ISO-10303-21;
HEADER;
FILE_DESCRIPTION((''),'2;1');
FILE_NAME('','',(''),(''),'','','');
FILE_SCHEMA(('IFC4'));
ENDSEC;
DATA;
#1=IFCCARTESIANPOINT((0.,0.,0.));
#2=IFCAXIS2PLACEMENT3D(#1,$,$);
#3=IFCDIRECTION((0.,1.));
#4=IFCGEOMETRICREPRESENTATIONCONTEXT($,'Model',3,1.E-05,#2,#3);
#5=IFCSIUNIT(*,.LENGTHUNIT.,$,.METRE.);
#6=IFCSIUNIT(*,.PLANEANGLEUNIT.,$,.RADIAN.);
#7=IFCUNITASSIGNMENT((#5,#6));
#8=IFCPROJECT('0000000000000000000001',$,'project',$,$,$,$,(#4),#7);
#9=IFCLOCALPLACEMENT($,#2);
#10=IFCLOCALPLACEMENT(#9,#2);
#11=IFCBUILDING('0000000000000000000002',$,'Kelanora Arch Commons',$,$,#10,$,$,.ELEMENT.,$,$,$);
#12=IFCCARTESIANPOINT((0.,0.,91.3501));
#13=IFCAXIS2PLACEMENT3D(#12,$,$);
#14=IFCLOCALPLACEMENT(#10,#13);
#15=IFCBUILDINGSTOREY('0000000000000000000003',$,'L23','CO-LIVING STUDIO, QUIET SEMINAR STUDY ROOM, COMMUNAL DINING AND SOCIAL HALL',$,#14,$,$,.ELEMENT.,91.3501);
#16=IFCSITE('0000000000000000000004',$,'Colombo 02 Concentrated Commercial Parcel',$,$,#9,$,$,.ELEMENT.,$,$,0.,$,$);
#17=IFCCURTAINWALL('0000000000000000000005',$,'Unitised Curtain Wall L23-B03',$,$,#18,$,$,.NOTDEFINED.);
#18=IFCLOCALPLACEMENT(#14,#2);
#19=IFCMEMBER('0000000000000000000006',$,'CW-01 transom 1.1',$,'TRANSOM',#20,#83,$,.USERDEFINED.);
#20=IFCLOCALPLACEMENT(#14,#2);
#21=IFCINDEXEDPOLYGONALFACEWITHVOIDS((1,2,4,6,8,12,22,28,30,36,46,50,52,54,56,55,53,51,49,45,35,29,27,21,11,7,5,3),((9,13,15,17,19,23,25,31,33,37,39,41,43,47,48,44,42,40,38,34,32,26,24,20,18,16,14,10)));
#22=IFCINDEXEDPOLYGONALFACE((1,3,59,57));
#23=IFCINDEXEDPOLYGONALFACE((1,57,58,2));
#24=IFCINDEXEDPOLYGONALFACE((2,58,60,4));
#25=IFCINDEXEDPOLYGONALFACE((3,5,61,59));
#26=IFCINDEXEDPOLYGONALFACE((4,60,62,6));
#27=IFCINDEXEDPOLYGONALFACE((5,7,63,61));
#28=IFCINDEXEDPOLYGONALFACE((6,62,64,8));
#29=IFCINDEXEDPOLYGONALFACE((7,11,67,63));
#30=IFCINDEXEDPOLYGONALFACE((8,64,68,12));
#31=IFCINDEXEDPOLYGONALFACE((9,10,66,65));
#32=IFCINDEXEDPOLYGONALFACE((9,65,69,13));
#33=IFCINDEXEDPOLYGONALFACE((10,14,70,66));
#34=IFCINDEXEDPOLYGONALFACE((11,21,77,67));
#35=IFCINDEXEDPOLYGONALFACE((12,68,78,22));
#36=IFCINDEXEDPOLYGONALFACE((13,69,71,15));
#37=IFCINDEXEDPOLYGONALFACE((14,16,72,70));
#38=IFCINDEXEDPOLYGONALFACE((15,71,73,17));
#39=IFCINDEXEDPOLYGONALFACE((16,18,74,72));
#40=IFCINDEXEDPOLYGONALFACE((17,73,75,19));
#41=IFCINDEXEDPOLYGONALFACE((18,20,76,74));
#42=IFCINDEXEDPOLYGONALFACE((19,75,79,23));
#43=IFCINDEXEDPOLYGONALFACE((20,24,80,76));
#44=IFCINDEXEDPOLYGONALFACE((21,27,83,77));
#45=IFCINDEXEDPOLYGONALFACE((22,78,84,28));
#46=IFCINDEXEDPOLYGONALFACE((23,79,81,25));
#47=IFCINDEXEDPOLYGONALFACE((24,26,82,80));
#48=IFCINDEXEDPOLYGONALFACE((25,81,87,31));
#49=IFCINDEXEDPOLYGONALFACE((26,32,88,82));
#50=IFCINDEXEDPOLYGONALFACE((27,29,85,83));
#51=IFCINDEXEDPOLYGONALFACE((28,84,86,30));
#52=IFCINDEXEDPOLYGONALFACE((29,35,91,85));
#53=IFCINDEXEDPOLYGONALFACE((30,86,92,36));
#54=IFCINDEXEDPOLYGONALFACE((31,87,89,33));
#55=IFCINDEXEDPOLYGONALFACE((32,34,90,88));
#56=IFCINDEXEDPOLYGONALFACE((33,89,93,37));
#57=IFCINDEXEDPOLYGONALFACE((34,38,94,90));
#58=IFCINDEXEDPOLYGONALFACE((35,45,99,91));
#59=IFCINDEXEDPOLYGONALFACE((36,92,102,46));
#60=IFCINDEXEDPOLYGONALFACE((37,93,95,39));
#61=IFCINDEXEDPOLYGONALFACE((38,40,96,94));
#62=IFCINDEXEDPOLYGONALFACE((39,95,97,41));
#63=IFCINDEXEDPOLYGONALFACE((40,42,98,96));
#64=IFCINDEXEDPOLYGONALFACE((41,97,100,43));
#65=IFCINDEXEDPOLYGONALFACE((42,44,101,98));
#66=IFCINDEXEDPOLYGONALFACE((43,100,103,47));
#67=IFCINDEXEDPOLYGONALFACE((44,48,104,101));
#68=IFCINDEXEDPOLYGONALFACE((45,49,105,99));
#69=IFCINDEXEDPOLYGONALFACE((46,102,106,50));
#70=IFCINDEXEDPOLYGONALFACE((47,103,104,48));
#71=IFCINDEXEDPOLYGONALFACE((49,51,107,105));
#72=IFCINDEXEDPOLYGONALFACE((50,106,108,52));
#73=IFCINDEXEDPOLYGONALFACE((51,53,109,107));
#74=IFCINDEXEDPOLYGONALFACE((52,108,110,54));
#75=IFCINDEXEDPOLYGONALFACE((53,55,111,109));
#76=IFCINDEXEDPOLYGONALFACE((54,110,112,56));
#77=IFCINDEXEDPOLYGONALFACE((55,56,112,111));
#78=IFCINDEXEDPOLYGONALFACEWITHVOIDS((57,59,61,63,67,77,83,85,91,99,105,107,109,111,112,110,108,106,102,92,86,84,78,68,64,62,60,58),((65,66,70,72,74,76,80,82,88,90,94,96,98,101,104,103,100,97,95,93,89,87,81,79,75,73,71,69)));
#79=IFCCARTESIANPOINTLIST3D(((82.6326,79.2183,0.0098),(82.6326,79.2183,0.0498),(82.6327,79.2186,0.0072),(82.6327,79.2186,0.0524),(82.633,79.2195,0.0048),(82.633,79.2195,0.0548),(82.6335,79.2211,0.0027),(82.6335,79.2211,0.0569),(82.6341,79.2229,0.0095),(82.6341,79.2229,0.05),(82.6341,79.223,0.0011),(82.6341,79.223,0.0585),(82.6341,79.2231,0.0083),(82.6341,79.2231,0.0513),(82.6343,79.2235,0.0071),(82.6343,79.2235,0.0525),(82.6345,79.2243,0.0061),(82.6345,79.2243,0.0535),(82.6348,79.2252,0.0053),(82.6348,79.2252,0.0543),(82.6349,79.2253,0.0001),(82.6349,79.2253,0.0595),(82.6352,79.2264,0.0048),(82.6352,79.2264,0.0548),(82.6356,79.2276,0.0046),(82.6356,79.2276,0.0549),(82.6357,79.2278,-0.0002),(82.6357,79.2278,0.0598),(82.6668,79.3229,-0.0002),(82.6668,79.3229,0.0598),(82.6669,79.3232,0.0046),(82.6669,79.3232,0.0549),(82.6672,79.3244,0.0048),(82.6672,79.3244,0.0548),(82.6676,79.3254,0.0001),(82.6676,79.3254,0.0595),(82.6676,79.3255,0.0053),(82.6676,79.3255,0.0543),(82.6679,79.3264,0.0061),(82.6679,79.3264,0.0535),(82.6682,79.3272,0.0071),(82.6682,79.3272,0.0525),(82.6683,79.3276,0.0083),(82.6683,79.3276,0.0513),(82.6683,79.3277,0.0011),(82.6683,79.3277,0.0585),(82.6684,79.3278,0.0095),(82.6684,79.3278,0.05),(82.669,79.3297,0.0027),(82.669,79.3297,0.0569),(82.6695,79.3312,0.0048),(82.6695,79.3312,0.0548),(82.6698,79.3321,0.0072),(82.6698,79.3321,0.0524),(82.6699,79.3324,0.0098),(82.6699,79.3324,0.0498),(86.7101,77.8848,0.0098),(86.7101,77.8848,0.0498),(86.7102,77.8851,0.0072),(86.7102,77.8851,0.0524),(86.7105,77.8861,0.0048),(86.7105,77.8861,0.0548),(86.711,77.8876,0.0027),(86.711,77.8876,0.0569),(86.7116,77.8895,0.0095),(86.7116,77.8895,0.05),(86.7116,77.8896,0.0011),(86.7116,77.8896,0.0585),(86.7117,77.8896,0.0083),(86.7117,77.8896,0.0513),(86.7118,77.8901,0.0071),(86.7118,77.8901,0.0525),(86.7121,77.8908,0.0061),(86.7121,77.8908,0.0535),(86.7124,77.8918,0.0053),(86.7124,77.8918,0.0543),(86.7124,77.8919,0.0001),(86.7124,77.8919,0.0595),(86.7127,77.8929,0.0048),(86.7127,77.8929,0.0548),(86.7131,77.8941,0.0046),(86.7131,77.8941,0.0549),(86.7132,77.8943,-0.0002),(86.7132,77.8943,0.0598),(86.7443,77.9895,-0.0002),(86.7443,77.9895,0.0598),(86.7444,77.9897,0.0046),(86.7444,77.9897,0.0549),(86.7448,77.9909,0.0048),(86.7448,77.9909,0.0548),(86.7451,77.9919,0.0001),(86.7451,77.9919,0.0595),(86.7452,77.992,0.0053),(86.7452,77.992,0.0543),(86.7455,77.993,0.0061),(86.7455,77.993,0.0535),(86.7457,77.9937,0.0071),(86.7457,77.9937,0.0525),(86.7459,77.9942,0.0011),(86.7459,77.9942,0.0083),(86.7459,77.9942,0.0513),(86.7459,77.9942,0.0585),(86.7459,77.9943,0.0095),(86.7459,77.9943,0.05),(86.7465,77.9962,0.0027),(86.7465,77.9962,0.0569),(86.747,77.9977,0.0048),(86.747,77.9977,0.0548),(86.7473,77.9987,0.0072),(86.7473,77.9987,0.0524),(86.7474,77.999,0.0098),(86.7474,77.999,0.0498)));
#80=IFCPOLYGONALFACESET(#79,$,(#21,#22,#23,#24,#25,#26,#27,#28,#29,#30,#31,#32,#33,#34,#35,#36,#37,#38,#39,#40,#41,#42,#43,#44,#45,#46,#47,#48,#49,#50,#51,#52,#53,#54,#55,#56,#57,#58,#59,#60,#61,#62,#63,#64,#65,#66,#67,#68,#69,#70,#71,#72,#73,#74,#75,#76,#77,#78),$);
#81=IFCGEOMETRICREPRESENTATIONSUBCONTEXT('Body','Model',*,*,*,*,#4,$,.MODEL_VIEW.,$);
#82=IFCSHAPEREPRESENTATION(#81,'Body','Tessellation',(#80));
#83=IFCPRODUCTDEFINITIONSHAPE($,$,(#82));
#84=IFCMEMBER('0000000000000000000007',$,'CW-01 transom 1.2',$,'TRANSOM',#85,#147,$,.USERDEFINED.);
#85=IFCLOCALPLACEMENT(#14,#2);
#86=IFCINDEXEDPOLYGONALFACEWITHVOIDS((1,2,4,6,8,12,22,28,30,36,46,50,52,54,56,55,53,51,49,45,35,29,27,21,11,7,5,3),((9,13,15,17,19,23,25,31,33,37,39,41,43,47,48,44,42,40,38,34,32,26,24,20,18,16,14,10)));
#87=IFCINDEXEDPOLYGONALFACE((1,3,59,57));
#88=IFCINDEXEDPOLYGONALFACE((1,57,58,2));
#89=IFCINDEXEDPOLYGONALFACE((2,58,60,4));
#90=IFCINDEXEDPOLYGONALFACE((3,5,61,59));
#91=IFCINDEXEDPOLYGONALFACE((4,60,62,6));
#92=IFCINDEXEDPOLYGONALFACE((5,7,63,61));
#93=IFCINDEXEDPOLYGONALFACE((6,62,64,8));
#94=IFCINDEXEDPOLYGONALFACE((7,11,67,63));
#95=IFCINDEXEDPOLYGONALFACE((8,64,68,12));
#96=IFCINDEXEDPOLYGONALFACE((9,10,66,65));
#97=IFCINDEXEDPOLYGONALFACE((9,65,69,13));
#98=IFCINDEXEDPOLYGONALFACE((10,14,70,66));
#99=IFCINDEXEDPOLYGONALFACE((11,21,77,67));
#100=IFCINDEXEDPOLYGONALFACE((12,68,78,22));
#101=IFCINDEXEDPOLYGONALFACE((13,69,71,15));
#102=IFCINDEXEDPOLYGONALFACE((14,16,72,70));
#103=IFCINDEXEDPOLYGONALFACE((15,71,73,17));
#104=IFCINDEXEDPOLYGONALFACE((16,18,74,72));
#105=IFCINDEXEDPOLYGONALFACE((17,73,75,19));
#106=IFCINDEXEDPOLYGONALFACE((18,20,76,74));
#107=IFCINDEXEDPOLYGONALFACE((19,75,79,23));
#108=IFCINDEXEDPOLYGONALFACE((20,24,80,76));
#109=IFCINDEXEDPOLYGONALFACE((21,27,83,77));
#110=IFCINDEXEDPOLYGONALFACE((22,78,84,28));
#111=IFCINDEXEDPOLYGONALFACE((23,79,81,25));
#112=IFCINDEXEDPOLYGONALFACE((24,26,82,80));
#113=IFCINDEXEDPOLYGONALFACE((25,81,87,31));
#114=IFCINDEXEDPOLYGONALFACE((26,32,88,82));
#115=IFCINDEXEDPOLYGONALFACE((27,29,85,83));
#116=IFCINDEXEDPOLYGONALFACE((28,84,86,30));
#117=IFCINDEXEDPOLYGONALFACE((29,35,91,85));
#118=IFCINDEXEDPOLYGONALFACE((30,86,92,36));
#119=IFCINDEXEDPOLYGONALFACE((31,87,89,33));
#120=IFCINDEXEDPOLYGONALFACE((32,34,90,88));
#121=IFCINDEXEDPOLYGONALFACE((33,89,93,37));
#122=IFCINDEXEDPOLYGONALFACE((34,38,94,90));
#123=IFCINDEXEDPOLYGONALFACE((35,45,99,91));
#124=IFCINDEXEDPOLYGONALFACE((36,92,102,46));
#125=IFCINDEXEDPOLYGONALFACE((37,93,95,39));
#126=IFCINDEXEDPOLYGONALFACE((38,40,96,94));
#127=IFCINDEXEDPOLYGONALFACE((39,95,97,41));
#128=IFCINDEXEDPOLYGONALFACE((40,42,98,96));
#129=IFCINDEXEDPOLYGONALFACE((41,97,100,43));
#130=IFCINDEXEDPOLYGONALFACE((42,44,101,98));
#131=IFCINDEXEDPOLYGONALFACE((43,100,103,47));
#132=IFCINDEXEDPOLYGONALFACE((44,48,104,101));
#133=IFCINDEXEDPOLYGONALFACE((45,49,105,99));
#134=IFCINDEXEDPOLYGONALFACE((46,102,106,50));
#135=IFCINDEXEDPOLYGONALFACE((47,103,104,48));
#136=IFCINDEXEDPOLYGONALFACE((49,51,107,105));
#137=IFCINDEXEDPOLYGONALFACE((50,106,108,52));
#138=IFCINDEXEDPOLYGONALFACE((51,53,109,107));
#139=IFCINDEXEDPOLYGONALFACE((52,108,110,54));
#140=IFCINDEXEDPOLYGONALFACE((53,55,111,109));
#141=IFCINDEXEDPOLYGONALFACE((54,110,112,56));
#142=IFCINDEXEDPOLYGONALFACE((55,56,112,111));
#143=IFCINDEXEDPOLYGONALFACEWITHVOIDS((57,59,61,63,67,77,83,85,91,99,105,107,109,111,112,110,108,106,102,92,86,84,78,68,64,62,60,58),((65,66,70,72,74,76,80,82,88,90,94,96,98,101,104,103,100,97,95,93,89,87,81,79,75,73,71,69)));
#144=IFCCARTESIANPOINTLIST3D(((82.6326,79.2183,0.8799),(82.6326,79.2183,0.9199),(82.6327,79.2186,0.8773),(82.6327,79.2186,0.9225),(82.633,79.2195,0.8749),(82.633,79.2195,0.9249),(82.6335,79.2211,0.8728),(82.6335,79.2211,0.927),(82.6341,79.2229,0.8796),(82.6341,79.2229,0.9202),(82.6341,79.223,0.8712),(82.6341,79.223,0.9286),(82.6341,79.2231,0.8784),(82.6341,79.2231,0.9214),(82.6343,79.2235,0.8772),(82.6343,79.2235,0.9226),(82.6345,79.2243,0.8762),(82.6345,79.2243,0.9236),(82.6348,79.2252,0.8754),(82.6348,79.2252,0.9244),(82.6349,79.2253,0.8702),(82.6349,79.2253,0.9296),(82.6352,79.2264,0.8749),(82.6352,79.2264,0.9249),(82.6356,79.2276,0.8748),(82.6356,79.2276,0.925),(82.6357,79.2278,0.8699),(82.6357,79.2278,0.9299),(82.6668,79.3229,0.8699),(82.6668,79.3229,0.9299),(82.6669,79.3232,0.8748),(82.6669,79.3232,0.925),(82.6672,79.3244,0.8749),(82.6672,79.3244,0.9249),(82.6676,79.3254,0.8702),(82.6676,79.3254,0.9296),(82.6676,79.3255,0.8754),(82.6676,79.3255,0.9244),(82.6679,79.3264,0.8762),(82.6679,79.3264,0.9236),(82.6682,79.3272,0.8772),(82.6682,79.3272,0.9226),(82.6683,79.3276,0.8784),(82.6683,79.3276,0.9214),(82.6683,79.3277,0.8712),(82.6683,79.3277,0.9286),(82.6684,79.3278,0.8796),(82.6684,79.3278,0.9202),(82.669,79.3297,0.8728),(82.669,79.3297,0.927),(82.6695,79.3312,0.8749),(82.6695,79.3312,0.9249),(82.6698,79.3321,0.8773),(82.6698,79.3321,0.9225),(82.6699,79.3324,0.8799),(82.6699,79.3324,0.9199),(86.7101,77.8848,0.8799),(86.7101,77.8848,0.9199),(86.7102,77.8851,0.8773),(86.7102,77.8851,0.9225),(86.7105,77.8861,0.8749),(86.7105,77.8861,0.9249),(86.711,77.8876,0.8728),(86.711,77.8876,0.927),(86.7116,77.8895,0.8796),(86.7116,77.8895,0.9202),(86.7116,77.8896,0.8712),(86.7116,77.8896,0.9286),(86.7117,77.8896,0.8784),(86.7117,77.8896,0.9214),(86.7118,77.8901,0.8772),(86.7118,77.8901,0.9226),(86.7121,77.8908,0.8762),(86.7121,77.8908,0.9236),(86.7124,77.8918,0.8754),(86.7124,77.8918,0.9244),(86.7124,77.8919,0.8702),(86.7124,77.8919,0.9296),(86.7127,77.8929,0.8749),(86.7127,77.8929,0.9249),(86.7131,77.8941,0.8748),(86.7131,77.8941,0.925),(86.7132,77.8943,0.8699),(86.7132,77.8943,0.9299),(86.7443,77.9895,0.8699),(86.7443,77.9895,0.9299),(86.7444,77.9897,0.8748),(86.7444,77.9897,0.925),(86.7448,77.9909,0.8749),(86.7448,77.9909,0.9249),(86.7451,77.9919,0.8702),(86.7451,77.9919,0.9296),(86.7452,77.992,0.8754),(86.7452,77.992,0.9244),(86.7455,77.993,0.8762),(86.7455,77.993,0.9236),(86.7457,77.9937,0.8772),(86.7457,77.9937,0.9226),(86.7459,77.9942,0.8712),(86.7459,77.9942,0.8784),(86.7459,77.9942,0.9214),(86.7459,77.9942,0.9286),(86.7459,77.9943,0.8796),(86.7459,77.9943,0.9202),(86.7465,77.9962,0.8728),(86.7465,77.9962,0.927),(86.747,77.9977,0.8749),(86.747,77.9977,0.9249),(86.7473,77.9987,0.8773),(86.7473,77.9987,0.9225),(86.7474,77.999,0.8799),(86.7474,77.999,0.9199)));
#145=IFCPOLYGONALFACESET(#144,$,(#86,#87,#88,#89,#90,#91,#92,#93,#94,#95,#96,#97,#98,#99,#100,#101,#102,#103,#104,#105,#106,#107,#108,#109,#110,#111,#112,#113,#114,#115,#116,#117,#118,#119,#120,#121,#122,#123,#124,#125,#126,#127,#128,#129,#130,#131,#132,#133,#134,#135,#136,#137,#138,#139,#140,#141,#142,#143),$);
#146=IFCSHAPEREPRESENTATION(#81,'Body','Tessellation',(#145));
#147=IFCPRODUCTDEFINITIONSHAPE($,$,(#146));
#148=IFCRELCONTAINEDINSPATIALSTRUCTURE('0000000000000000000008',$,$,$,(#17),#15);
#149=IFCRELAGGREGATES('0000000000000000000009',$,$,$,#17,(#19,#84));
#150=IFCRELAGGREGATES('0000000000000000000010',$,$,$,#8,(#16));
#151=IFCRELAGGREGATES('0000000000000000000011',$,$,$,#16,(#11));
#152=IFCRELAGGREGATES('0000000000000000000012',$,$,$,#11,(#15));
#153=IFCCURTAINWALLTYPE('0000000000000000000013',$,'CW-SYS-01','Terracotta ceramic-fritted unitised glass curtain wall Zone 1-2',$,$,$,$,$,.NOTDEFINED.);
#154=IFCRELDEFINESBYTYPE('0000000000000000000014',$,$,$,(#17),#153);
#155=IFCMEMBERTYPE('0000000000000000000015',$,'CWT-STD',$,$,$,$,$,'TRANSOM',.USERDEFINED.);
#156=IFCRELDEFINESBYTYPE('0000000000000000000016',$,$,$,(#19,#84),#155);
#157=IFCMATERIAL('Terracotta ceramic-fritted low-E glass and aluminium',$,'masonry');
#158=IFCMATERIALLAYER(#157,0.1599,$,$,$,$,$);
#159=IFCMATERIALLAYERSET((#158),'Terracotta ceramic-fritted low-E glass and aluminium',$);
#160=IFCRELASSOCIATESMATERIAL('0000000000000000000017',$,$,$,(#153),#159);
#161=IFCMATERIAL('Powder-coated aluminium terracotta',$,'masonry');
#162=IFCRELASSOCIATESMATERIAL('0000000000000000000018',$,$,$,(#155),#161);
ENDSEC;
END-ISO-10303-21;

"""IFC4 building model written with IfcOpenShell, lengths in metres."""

from ifc_helpers import new_model, si_unit, direction, frame, origin, origin_2d, place, context, subcontext, project, spatial, hollow_rectangle, extrude, material, layer, layer_set, material_profile, profile_set, type_object, element, aggregate, save


model = new_model("IFC4")

# Units and contexts
model_context = context("Model", 3, precision=1e-05, world=origin(), true_north=direction((0.0, 1.0)))
body_context = subcontext(model_context, "Body", "Model", "MODEL_VIEW")
ifc_project = project(units=[si_unit("LENGTHUNIT", "METRE"), si_unit("PLANEANGLEUNIT", "RADIAN")], contexts=[model_context])

# Site, building, storey
site_placement = place(None, origin())
site = spatial("IfcSite", under=ifc_project, at=site_placement, Name="Colombo 02 Concentrated Commercial Parcel", CompositionType="ELEMENT", RefElevation=0.0)
building_placement = place(site_placement, origin())
building = spatial("IfcBuilding", under=site, at=building_placement, Name="Kelanora Arch Commons", CompositionType="ELEMENT")
storey_placement = place(building_placement, frame((0.0, 0.0, 91.3501)))
storey = spatial("IfcBuildingStorey", under=building, at=storey_placement, Name="L23", Description="CO-LIVING STUDIO, QUIET SEMINAR STUDY ROOM, COMMUNAL DINING AND SOCIAL HALL", CompositionType="ELEMENT", Elevation=91.3501)

# Shared definitions
ifc_material_1 = material(Name="Terracotta ceramic-fritted low-E glass and aluminium", Category="masonry")
ifc_layer_1 = layer(ifc_material_1, 0.1599)
ifc_layer_set_1 = layer_set([ifc_layer_1], Name="Terracotta ceramic-fritted low-E glass and aluminium")
curtain_wall_type = type_object("IfcCurtainWallType", Name="CW-SYS-01", Description="Terracotta ceramic-fritted unitised glass curtain wall Zone 1-2", PredefinedType="NOTDEFINED", material=ifc_layer_set_1)
ifc_material_2 = material(Name="Powder-coated aluminium terracotta", Category="masonry")

# Curtain wall, members
curtain_wall_1_placement = place(storey_placement, origin())
curtain_wall_1 = element("IfcCurtainWall", 1, at=curtain_wall_1_placement, inside=storey, type_object=curtain_wall_type, Name="Unitised Curtain Wall L23-B03", PredefinedType="NOTDEFINED")
ifc_material_profile_1 = material_profile(ifc_material_2, hollow_rectangle(XDim=0.1201, YDim=0.0601, WallThickness=0.0049, InnerFilletRadius=0.0049, OuterFilletRadius=0.01, at=origin_2d()), Name="CWT120x60")
ifc_profile_set_1 = profile_set([ifc_material_profile_1], Name="Powder-coated aluminium terracotta")
member_type_1 = type_object("IfcMemberType", Name="CWT-STD", ElementType="TRANSOM", PredefinedType="USERDEFINED", material=ifc_profile_set_1)
member_1_placement = place(storey_placement, frame((86.7288, 77.9419, 0.0298), z_axis=(-0.950466, 0.310828, 0.0), x_axis=(-0.310828, -0.950466, 0.0)))
member_1 = element("IfcMember", 2, at=member_1_placement, type_object=member_type_1, Name="CW-01 transom 1.1", ObjectType="TRANSOM", PredefinedType="USERDEFINED", context=body_context, shape_type="SweptSolid", body=[
    extrude(hollow_rectangle(XDim=0.1201, YDim=0.0601, WallThickness=0.0049, InnerFilletRadius=0.0049, OuterFilletRadius=0.01, at=origin_2d()), origin(), (0.0, 0.0, 1.0), 4.29),
])
member_2_placement = place(storey_placement, frame((86.7288, 77.9419, 0.8999), z_axis=(-0.950466, 0.310828, 0.0), x_axis=(-0.310828, -0.950466, 0.0)))
member_2 = element("IfcMember", 3, at=member_2_placement, type_object=member_type_1, Name="CW-01 transom 1.2", ObjectType="TRANSOM", PredefinedType="USERDEFINED", context=body_context, shape_type="SweptSolid", body=[
    extrude(hollow_rectangle(XDim=0.1201, YDim=0.0601, WallThickness=0.0049, InnerFilletRadius=0.0049, OuterFilletRadius=0.01, at=origin_2d()), origin(), (0.0, 0.0, 1.0), 4.29),
])
aggregate(curtain_wall_1, [member_1, member_2])

save(model, "model.ifc")
